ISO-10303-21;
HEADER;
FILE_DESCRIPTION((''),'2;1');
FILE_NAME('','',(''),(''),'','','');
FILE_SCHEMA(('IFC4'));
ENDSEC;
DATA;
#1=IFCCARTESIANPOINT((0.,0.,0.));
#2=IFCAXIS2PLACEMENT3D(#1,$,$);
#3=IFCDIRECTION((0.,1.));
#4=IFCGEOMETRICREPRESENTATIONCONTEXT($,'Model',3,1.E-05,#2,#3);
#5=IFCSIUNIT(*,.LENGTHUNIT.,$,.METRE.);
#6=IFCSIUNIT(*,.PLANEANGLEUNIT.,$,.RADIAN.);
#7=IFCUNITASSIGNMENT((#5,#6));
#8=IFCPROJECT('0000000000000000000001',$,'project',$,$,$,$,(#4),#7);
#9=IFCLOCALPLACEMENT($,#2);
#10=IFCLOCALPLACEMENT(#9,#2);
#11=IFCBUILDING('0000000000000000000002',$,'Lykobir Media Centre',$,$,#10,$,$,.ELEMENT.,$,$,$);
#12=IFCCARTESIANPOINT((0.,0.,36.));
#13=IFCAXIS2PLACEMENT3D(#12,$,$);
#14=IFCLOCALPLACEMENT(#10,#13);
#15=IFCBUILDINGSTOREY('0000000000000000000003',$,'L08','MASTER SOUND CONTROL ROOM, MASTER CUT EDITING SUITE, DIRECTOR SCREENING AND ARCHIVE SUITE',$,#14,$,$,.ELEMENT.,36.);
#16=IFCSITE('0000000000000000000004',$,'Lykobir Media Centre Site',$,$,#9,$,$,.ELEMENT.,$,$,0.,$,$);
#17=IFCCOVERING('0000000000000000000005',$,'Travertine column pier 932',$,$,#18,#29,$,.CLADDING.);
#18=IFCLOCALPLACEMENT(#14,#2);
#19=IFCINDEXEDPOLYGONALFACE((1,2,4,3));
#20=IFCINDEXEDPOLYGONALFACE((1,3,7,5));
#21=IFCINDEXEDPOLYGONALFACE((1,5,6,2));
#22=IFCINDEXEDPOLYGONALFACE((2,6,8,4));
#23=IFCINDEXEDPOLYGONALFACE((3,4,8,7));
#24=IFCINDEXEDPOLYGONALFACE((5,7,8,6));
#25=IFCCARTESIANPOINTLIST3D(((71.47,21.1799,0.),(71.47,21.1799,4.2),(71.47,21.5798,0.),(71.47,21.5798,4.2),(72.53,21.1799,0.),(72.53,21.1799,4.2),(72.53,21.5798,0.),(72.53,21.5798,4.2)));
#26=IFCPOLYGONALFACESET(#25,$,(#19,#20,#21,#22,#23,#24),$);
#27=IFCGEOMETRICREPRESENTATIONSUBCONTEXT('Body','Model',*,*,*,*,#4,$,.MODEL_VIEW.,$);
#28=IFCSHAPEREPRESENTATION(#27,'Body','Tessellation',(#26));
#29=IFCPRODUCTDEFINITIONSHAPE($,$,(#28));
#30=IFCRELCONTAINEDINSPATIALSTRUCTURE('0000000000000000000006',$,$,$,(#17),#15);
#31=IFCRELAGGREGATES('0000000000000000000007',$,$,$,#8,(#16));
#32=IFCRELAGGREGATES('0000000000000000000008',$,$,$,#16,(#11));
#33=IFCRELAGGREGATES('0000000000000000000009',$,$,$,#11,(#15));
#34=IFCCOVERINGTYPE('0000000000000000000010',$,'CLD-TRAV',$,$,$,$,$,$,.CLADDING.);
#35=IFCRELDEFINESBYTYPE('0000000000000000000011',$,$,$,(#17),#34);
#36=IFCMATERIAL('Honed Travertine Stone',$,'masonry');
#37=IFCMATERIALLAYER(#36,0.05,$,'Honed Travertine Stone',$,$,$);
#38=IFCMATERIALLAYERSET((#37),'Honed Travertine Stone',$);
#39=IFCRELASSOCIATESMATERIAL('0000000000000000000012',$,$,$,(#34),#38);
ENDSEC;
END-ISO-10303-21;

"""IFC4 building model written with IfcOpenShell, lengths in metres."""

from ifc_helpers import new_model, si_unit, direction, frame, origin, origin_2d, place, context, subcontext, project, spatial, rectangle, extrude, material, layer, layer_set, type_object, element, save


model = new_model("IFC4")

# Units and contexts
model_context = context("Model", 3, precision=1e-05, world=origin(), true_north=direction((0.0, 1.0)))
body_context = subcontext(model_context, "Body", "Model", "MODEL_VIEW")
ifc_project = project(units=[si_unit("LENGTHUNIT", "METRE"), si_unit("PLANEANGLEUNIT", "RADIAN")], contexts=[model_context])

# Site, building, storey
site_placement = place(None, origin())
site = spatial("IfcSite", under=ifc_project, at=site_placement, Name="Lykobir Media Centre Site", CompositionType="ELEMENT", RefElevation=0.0)
building_placement = place(site_placement, origin())
building = spatial("IfcBuilding", under=site, at=building_placement, Name="Lykobir Media Centre", CompositionType="ELEMENT")
storey_placement = place(building_placement, frame((0.0, 0.0, 36.0)))
storey = spatial("IfcBuildingStorey", under=building, at=storey_placement, Name="L08", Description="MASTER SOUND CONTROL ROOM, MASTER CUT EDITING SUITE, DIRECTOR SCREENING AND ARCHIVE SUITE", CompositionType="ELEMENT", Elevation=36.0)

# Covering
ifc_material_1 = material(Name="Honed Travertine Stone", Category="masonry")
ifc_layer_1 = layer(ifc_material_1, 0.05, Name="Honed Travertine Stone")
ifc_layer_set_1 = layer_set([ifc_layer_1], Name="Honed Travertine Stone")
covering_type = type_object("IfcCoveringType", Name="CLD-TRAV", PredefinedType="CLADDING", material=ifc_layer_set_1)
covering_placement = place(storey_placement, frame((72.0, 21.3799, 0.0), z_axis=(0.0, 0.0, 1.0), x_axis=(-1.0, 0.0, 0.0)))
element("IfcCovering", 1, at=covering_placement, inside=storey, type_object=covering_type, Name="Travertine column pier 932", PredefinedType="CLADDING", context=body_context, shape_type="SweptSolid", body=[
    extrude(rectangle(XDim=1.0601, YDim=0.3999, at=origin_2d()), origin(), (0.0, 0.0, 1.0), 4.2),
])

save(model, "model.ifc")
